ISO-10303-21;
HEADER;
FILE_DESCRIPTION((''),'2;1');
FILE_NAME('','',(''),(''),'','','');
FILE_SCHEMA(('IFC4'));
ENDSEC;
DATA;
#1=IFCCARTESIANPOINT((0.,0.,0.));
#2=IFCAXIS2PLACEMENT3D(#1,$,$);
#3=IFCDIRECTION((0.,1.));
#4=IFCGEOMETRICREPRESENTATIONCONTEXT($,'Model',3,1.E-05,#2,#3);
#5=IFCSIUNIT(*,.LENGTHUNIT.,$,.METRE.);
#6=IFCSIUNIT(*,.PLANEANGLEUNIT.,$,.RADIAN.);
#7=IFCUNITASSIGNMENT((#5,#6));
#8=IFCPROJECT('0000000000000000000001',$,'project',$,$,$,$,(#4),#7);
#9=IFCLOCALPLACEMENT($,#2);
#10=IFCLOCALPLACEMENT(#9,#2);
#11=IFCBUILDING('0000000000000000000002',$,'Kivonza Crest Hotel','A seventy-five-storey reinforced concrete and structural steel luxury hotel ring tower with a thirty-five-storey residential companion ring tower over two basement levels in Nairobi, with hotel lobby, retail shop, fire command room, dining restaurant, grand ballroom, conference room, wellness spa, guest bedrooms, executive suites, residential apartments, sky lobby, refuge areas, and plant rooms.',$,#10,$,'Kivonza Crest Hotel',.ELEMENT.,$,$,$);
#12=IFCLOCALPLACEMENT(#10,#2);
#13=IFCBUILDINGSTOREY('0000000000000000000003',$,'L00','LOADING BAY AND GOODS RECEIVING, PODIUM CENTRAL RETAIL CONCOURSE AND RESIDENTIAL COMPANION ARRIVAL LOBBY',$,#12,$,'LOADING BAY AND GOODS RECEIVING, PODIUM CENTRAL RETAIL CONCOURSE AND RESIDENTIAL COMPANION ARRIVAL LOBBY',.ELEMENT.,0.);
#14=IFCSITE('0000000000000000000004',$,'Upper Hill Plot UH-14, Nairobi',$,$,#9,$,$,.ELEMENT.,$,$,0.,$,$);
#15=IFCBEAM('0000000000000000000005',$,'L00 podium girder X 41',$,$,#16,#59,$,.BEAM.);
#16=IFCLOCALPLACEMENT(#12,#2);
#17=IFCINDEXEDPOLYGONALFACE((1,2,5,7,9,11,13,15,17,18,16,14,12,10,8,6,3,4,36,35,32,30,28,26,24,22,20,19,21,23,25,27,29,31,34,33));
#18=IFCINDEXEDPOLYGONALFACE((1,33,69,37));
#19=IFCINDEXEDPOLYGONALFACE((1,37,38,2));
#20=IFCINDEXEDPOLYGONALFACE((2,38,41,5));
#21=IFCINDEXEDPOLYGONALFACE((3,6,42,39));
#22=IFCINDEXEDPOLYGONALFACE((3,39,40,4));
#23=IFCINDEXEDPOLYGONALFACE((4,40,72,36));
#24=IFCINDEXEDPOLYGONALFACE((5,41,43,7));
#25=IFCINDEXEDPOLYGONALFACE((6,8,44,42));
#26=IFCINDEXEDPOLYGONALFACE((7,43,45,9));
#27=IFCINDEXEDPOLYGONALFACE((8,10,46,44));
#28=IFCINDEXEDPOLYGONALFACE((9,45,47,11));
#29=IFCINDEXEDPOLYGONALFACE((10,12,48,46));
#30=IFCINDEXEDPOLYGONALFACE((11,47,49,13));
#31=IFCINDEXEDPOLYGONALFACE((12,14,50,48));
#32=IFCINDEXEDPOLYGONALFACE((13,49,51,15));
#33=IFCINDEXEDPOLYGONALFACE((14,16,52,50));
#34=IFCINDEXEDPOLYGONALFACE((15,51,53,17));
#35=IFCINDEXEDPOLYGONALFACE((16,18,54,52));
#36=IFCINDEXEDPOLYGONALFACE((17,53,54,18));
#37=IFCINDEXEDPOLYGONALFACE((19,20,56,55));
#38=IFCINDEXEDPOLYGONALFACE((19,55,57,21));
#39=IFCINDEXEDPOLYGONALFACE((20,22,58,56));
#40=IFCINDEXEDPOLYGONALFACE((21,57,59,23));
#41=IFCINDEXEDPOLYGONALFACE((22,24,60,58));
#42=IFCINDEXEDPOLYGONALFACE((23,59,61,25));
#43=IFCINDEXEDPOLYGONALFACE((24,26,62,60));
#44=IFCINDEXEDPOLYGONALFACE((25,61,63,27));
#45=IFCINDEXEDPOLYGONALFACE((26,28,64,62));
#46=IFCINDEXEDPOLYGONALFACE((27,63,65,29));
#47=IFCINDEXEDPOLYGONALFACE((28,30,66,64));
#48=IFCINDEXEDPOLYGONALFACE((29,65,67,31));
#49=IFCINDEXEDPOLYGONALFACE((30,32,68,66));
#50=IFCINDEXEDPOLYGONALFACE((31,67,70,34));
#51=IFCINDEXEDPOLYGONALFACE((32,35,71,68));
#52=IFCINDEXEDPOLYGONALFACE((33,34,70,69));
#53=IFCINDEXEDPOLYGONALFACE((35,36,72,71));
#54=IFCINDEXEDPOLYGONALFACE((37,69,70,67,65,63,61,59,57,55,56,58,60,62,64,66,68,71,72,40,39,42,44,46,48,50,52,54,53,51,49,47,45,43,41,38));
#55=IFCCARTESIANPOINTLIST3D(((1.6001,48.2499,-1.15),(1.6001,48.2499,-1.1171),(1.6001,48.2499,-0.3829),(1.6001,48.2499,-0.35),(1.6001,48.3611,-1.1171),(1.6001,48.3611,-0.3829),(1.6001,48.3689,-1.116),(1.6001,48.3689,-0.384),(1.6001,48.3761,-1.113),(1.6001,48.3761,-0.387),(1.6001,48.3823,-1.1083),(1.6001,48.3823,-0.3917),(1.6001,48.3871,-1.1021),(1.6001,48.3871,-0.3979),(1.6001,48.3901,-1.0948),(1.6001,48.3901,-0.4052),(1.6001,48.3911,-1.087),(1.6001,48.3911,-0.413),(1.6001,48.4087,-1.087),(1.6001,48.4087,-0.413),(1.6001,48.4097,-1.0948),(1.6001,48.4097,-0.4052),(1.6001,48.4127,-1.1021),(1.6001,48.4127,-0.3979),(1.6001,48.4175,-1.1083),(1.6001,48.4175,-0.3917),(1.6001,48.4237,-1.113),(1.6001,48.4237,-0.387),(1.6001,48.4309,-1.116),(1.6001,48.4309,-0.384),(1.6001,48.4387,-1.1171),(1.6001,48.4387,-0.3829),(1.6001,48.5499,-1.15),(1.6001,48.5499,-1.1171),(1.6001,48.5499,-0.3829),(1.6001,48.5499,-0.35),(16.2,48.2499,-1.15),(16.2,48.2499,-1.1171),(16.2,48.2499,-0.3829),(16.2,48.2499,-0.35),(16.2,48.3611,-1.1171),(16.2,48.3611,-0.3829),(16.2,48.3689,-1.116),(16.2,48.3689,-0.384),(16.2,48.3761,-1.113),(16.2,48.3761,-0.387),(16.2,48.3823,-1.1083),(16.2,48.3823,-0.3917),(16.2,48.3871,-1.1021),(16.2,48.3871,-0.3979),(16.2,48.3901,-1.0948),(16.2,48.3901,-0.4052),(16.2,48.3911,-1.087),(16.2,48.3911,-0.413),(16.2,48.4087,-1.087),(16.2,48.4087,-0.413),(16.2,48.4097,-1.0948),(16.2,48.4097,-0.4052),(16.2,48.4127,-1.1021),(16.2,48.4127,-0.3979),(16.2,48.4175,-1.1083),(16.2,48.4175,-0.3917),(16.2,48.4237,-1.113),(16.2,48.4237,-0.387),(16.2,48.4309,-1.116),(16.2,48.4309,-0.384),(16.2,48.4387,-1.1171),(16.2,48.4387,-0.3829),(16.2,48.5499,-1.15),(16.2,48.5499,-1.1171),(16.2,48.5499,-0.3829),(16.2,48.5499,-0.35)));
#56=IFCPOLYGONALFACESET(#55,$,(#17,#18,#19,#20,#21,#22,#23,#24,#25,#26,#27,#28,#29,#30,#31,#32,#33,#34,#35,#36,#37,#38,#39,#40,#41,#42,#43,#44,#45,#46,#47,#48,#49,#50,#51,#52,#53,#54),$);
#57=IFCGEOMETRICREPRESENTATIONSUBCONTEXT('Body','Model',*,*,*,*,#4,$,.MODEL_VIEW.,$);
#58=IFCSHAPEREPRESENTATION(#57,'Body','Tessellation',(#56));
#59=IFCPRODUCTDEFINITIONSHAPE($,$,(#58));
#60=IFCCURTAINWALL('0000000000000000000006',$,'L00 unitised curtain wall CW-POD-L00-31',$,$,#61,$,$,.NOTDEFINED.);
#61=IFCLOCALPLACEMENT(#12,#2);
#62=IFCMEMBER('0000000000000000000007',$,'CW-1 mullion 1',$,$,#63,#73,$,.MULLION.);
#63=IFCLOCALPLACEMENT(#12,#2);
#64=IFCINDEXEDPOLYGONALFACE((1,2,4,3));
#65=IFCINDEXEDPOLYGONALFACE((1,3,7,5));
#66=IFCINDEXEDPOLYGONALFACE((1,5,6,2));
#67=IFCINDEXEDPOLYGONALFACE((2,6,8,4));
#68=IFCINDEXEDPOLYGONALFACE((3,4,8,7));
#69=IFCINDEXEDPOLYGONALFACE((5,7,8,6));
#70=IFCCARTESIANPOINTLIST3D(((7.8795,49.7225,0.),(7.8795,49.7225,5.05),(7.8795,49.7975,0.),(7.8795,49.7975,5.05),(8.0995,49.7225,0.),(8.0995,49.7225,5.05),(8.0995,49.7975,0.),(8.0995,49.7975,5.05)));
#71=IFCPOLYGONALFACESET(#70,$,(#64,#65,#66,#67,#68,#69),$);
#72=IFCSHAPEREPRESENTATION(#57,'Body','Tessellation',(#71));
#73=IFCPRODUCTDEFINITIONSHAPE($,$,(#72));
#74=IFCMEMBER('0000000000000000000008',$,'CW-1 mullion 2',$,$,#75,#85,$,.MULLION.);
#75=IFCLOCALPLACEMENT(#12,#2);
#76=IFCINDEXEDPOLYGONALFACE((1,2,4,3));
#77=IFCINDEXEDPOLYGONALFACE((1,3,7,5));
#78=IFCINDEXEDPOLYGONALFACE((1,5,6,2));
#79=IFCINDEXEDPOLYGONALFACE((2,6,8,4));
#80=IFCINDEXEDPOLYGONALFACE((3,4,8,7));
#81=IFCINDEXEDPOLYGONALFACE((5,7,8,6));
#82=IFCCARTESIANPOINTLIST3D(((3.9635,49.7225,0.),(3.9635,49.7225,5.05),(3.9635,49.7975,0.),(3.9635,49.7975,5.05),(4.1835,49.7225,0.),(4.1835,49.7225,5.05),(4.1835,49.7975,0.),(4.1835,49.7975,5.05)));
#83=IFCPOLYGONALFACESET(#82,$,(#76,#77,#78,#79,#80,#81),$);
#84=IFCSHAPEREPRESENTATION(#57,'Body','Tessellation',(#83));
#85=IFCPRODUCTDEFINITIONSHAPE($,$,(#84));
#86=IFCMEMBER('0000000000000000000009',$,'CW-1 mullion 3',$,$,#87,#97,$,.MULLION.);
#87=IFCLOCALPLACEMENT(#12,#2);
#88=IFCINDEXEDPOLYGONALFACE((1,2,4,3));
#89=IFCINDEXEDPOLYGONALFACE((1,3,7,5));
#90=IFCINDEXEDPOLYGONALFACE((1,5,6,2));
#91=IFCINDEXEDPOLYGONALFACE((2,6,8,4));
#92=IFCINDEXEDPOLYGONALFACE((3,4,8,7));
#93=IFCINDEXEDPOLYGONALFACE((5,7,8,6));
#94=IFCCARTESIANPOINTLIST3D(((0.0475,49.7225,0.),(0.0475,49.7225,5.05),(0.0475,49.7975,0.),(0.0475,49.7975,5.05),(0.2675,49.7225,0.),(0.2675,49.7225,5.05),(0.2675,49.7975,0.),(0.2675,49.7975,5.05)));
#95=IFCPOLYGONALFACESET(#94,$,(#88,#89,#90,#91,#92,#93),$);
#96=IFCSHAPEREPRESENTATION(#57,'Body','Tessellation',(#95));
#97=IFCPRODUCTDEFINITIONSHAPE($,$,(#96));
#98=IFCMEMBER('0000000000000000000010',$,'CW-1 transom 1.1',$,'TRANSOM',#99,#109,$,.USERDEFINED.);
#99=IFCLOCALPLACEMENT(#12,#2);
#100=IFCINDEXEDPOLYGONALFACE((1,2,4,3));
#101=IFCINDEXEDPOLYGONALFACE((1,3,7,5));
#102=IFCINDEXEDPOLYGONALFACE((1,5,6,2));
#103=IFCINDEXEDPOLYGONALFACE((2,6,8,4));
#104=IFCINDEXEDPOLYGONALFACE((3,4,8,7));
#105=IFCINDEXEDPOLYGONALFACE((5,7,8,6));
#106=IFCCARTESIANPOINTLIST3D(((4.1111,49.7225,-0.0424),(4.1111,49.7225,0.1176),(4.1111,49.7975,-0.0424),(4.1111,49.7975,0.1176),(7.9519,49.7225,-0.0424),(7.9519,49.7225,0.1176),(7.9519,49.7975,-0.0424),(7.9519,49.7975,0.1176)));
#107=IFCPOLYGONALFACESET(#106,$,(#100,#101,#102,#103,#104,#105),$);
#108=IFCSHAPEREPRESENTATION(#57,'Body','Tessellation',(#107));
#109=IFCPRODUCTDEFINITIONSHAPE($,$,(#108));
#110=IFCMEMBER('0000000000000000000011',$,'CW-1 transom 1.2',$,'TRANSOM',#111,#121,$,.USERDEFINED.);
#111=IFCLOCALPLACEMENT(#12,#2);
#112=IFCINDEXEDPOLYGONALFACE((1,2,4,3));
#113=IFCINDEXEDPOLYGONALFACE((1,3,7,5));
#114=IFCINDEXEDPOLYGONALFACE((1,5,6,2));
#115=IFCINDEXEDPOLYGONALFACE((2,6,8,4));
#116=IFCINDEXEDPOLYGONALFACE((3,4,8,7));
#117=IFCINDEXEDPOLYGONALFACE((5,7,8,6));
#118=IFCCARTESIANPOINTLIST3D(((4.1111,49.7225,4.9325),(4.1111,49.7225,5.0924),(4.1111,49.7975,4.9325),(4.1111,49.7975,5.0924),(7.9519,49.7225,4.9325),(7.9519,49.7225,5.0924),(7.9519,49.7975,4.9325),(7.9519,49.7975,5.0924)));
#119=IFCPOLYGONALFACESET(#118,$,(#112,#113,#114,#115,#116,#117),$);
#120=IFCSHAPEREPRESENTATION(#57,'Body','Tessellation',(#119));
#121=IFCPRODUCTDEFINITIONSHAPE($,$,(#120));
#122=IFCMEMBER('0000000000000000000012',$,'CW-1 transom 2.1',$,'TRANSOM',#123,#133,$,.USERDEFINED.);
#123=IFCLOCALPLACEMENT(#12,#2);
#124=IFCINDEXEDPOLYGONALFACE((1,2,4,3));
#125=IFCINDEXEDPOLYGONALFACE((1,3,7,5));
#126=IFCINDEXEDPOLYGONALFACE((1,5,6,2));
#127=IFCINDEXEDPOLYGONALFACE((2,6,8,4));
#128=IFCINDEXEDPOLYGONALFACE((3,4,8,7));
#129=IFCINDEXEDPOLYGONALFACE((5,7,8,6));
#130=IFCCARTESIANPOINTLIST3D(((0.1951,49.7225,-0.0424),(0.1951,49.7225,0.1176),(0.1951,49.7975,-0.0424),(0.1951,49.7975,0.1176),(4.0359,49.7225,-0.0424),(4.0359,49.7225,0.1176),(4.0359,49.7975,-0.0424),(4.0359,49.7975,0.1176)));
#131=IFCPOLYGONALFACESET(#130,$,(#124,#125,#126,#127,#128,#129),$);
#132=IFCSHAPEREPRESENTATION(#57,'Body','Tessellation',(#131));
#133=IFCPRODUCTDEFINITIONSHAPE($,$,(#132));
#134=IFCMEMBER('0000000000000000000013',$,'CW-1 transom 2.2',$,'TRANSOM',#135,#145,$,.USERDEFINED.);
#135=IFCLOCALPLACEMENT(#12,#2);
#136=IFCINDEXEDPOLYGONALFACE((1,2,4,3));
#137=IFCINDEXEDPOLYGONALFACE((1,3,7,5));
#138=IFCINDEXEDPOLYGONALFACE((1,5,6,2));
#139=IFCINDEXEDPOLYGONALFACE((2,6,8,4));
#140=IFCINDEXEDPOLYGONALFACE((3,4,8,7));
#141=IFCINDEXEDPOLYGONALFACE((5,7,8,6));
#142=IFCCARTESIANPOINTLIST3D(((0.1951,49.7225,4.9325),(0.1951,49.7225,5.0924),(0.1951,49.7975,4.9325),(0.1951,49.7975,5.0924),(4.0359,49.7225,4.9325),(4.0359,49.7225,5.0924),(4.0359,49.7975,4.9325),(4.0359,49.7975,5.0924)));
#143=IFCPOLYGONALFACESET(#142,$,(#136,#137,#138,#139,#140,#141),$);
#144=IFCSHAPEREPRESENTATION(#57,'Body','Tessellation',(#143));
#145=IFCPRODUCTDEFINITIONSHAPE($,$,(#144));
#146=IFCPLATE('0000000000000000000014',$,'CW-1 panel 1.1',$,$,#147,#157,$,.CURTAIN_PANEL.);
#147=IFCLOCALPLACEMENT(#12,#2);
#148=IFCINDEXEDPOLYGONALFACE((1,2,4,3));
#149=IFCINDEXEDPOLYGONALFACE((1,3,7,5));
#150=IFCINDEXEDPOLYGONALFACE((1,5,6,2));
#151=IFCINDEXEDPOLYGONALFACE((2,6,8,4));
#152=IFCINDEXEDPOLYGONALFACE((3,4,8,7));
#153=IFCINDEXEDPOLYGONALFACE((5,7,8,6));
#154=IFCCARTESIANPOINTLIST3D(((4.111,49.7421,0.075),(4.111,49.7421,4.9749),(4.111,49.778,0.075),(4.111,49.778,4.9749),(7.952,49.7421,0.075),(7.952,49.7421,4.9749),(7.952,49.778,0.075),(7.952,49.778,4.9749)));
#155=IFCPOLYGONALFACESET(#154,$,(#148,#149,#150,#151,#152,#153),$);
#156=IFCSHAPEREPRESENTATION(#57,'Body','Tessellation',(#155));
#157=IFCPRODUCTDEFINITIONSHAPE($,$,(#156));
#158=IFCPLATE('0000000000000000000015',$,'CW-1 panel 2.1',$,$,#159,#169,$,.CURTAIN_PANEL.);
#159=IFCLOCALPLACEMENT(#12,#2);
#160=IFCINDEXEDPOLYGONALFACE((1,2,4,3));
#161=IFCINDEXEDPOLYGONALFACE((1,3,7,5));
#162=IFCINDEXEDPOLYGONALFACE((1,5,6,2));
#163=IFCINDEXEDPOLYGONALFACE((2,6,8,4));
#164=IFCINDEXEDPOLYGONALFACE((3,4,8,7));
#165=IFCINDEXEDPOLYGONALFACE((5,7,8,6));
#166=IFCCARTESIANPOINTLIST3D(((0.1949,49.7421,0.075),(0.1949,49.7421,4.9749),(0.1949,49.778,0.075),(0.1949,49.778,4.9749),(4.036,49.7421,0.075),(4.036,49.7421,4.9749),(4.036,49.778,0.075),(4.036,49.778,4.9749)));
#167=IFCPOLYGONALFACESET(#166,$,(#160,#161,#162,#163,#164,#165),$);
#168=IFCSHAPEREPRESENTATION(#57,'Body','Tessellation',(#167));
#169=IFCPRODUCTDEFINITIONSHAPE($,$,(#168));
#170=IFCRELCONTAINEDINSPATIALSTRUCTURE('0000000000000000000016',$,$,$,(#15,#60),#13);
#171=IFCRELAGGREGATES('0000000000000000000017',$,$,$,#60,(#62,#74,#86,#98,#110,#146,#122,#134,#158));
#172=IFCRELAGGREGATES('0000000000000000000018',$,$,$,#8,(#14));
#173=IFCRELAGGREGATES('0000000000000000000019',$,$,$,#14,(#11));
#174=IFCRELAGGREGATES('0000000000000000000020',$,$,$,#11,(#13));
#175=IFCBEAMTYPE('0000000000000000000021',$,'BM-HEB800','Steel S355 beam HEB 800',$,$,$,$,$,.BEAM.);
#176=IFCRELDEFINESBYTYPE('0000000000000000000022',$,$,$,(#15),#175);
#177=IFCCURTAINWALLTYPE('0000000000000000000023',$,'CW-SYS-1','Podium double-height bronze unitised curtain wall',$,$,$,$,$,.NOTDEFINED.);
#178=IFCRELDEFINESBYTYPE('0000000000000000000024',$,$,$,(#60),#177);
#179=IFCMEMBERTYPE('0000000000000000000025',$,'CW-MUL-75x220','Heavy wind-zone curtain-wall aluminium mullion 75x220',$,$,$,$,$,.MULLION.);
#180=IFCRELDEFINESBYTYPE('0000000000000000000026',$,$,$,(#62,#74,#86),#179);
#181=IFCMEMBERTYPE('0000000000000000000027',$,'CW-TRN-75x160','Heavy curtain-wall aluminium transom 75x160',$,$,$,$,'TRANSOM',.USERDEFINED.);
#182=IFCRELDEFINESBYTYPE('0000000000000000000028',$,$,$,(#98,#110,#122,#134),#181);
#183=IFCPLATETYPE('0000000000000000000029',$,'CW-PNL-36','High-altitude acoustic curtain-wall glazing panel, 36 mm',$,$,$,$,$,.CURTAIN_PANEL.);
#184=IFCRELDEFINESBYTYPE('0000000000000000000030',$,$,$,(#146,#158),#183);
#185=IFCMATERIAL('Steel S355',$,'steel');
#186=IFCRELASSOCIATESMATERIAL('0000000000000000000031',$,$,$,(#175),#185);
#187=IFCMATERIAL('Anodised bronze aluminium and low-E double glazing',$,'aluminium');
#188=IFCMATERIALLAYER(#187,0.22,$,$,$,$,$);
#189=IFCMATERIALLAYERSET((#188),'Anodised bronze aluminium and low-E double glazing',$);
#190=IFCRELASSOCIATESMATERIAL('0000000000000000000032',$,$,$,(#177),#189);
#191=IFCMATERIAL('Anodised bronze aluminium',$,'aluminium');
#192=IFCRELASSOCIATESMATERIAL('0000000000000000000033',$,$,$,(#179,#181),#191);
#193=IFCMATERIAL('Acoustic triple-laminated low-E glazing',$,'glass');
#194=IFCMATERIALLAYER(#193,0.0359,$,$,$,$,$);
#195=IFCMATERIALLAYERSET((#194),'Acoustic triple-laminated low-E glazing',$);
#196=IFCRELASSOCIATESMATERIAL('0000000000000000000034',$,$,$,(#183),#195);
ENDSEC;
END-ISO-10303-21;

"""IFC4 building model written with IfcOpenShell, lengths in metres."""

from ifc_helpers import new_model, si_unit, direction, frame, origin, origin_2d, place, context, subcontext, project, spatial, rectangle, i_section, extrude, material, layer, layer_set, material_profile, profile_set, type_object, element, aggregate, save


model = new_model("IFC4")

# Units and contexts
model_context = context("Model", 3, precision=1e-05, world=origin(), true_north=direction((0.0, 1.0)))
body_context = subcontext(model_context, "Body", "Model", "MODEL_VIEW")
ifc_project = project(units=[si_unit("LENGTHUNIT", "METRE"), si_unit("PLANEANGLEUNIT", "RADIAN")], contexts=[model_context])

# Site, building, storey
site_placement = place(None, origin())
site = spatial("IfcSite", under=ifc_project, at=site_placement, Name="Upper Hill Plot UH-14, Nairobi", CompositionType="ELEMENT", RefElevation=0.0)
building_placement = place(site_placement, origin())
building = spatial("IfcBuilding", under=site, at=building_placement, Name="Kivonza Crest Hotel", Description="A seventy-five-storey reinforced concrete and structural steel luxury hotel ring tower with a thirty-five-storey residential companion ring tower over two basement levels in Nairobi, with hotel lobby, retail shop, fire command room, dining restaurant, grand ballroom, conference room, wellness spa, guest bedrooms, executive suites, residential apartments, sky lobby, refuge areas, and plant rooms.", LongName="Kivonza Crest Hotel", CompositionType="ELEMENT")
storey_placement = place(building_placement, origin())
storey = spatial("IfcBuildingStorey", under=building, at=storey_placement, Name="L00", Description="LOADING BAY AND GOODS RECEIVING, PODIUM CENTRAL RETAIL CONCOURSE AND RESIDENTIAL COMPANION ARRIVAL LOBBY", LongName="LOADING BAY AND GOODS RECEIVING, PODIUM CENTRAL RETAIL CONCOURSE AND RESIDENTIAL COMPANION ARRIVAL LOBBY", CompositionType="ELEMENT", Elevation=0.0)

# Beam
ifc_material_1 = material(Name="Steel S355", Category="steel")
ifc_material_profile_1 = material_profile(ifc_material_1, i_section(OverallWidth=0.3, OverallDepth=0.8, WebThickness=0.0176, FlangeThickness=0.033, FilletRadius=0.03, at=origin_2d()), Name="HEB 800")
ifc_profile_set_1 = profile_set([ifc_material_profile_1], Name="Steel S355")
beam_type_1 = type_object("IfcBeamType", Name="BM-HEB800", Description="Steel S355 beam HEB 800", PredefinedType="BEAM", material=ifc_profile_set_1)
for number, where, z_axis, x_axis, name in (
    (1, (1.6001, 48.3999, -0.75), (1.0, 0.0, 0.0), (0.0, 1.0, 0.0), "L00 podium girder X 41"),
):
    element("IfcBeam", number, at=place(storey_placement, frame(where, z_axis=z_axis, x_axis=x_axis)), inside=storey, type_object=beam_type_1, Name=name, PredefinedType="BEAM", context=body_context, shape_type="SweptSolid", body=[
        extrude(i_section(OverallWidth=0.3, OverallDepth=0.8, WebThickness=0.0176, FlangeThickness=0.033, FilletRadius=0.03, at=origin_2d()), origin(), (0.0, 0.0, 1.0), 14.5999),
    ])

# Curtain wall, members, plates
ifc_material_2 = material(Name="Anodised bronze aluminium and low-E double glazing", Category="aluminium")
ifc_layer_1 = layer(ifc_material_2, 0.22)
ifc_layer_set_1 = layer_set([ifc_layer_1], Name="Anodised bronze aluminium and low-E double glazing")
curtain_wall_type = type_object("IfcCurtainWallType", Name="CW-SYS-1", Description="Podium double-height bronze unitised curtain wall", PredefinedType="NOTDEFINED", material=ifc_layer_set_1)
curtain_wall_placement = place(storey_placement, origin())
curtain_wall = element("IfcCurtainWall", 2, at=curtain_wall_placement, inside=storey, type_object=curtain_wall_type, Name="L00 unitised curtain wall CW-POD-L00-31", PredefinedType="NOTDEFINED")
ifc_material_3 = material(Name="Anodised bronze aluminium", Category="aluminium")
ifc_material_profile_2 = material_profile(ifc_material_3, rectangle(XDim=0.075, YDim=0.22, at=origin_2d()), Name="CW-M 75x220")
ifc_profile_set_2 = profile_set([ifc_material_profile_2], Name="Anodised bronze aluminium")
member_type_1 = type_object("IfcMemberType", Name="CW-MUL-75x220", Description="Heavy wind-zone curtain-wall aluminium mullion 75x220", PredefinedType="MULLION", material=ifc_profile_set_2)
member_1_placement = place(storey_placement, frame((7.9895, 49.76, 0.0), z_axis=(0.0, 0.0, 1.0), x_axis=(0.0, -1.0, 0.0)))
member_1 = element("IfcMember", 3, at=member_1_placement, type_object=member_type_1, Name="CW-1 mullion 1", PredefinedType="MULLION", context=body_context, shape_type="SweptSolid", body=[
    extrude(rectangle(XDim=0.075, YDim=0.22, at=origin_2d()), origin(), (0.0, 0.0, 1.0), 5.05),
])
member_2_placement = place(storey_placement, frame((4.0735, 49.76, 0.0), z_axis=(0.0, 0.0, 1.0), x_axis=(0.0, -1.0, 0.0)))
member_2 = element("IfcMember", 4, at=member_2_placement, type_object=member_type_1, Name="CW-1 mullion 2", PredefinedType="MULLION", context=body_context, shape_type="SweptSolid", body=[
    extrude(rectangle(XDim=0.075, YDim=0.22, at=origin_2d()), origin(), (0.0, 0.0, 1.0), 5.05),
])
member_3_placement = place(storey_placement, frame((0.1575, 49.76, 0.0), z_axis=(0.0, 0.0, 1.0), x_axis=(0.0, -1.0, 0.0)))
member_3 = element("IfcMember", 5, at=member_3_placement, type_object=member_type_1, Name="CW-1 mullion 3", PredefinedType="MULLION", context=body_context, shape_type="SweptSolid", body=[
    extrude(rectangle(XDim=0.075, YDim=0.22, at=origin_2d()), origin(), (0.0, 0.0, 1.0), 5.05),
])
ifc_material_profile_3 = material_profile(ifc_material_3, rectangle(XDim=0.075, YDim=0.1599, at=origin_2d()), Name="CW-T 75x160")
ifc_profile_set_3 = profile_set([ifc_material_profile_3], Name="Anodised bronze aluminium")
member_type_2 = type_object("IfcMemberType", Name="CW-TRN-75x160", Description="Heavy curtain-wall aluminium transom 75x160", ElementType="TRANSOM", PredefinedType="USERDEFINED", material=ifc_profile_set_3)
member_4_placement = place(storey_placement, frame((7.9519, 49.76, 0.0376), z_axis=(-1.0, 0.0, 0.0), x_axis=(0.0, -1.0, 0.0)))
member_4 = element("IfcMember", 6, at=member_4_placement, type_object=member_type_2, Name="CW-1 transom 1.1", ObjectType="TRANSOM", PredefinedType="USERDEFINED", context=body_context, shape_type="SweptSolid", body=[
    extrude(rectangle(XDim=0.075, YDim=0.1599, at=origin_2d()), origin(), (0.0, 0.0, 1.0), 3.8408),
])
member_5_placement = place(storey_placement, frame((7.9519, 49.76, 5.0125), z_axis=(-1.0, 0.0, 0.0), x_axis=(0.0, -1.0, 0.0)))
member_5 = element("IfcMember", 7, at=member_5_placement, type_object=member_type_2, Name="CW-1 transom 1.2", ObjectType="TRANSOM", PredefinedType="USERDEFINED", context=body_context, shape_type="SweptSolid", body=[
    extrude(rectangle(XDim=0.075, YDim=0.1599, at=origin_2d()), origin(), (0.0, 0.0, 1.0), 3.8408),
])
member_6_placement = place(storey_placement, frame((4.0359, 49.76, 0.0376), z_axis=(-1.0, 0.0, 0.0), x_axis=(0.0, -1.0, 0.0)))
member_6 = element("IfcMember", 8, at=member_6_placement, type_object=member_type_2, Name="CW-1 transom 2.1", ObjectType="TRANSOM", PredefinedType="USERDEFINED", context=body_context, shape_type="SweptSolid", body=[
    extrude(rectangle(XDim=0.075, YDim=0.1599, at=origin_2d()), origin(), (0.0, 0.0, 1.0), 3.8408),
])
member_7_placement = place(storey_placement, frame((4.0359, 49.76, 5.0125), z_axis=(-1.0, 0.0, 0.0), x_axis=(0.0, -1.0, 0.0)))
member_7 = element("IfcMember", 9, at=member_7_placement, type_object=member_type_2, Name="CW-1 transom 2.2", ObjectType="TRANSOM", PredefinedType="USERDEFINED", context=body_context, shape_type="SweptSolid", body=[
    extrude(rectangle(XDim=0.075, YDim=0.1599, at=origin_2d()), origin(), (0.0, 0.0, 1.0), 3.8408),
])
ifc_material_4 = material(Name="Acoustic triple-laminated low-E glazing", Category="glass")
ifc_layer_2 = layer(ifc_material_4, 0.0359)
ifc_layer_set_2 = layer_set([ifc_layer_2], Name="Acoustic triple-laminated low-E glazing")
plate_type = type_object("IfcPlateType", Name="CW-PNL-36", Description="High-altitude acoustic curtain-wall glazing panel, 36 mm", PredefinedType="CURTAIN_PANEL", material=ifc_layer_set_2)
plate_1_placement = place(storey_placement, frame((6.0315, 49.76, 0.075), z_axis=(0.0, 0.0, 1.0), x_axis=(-1.0, 0.0, 0.0)))
plate_1 = element("IfcPlate", 10, at=plate_1_placement, type_object=plate_type, Name="CW-1 panel 1.1", PredefinedType="CURTAIN_PANEL", context=body_context, shape_type="SweptSolid", body=[
    extrude(rectangle(XDim=3.8411, YDim=0.0359, at=origin_2d()), origin(), (0.0, 0.0, 1.0), 4.8999),
])
plate_2_placement = place(storey_placement, frame((2.1155, 49.76, 0.075), z_axis=(0.0, 0.0, 1.0), x_axis=(-1.0, 0.0, 0.0)))
plate_2 = element("IfcPlate", 11, at=plate_2_placement, type_object=plate_type, Name="CW-1 panel 2.1", PredefinedType="CURTAIN_PANEL", context=body_context, shape_type="SweptSolid", body=[
    extrude(rectangle(XDim=3.8411, YDim=0.0359, at=origin_2d()), origin(), (0.0, 0.0, 1.0), 4.8999),
])
aggregate(curtain_wall, [member_1, member_2, member_3, member_4, member_5, plate_1, member_6, member_7, plate_2])

save(model, "model.ifc")
